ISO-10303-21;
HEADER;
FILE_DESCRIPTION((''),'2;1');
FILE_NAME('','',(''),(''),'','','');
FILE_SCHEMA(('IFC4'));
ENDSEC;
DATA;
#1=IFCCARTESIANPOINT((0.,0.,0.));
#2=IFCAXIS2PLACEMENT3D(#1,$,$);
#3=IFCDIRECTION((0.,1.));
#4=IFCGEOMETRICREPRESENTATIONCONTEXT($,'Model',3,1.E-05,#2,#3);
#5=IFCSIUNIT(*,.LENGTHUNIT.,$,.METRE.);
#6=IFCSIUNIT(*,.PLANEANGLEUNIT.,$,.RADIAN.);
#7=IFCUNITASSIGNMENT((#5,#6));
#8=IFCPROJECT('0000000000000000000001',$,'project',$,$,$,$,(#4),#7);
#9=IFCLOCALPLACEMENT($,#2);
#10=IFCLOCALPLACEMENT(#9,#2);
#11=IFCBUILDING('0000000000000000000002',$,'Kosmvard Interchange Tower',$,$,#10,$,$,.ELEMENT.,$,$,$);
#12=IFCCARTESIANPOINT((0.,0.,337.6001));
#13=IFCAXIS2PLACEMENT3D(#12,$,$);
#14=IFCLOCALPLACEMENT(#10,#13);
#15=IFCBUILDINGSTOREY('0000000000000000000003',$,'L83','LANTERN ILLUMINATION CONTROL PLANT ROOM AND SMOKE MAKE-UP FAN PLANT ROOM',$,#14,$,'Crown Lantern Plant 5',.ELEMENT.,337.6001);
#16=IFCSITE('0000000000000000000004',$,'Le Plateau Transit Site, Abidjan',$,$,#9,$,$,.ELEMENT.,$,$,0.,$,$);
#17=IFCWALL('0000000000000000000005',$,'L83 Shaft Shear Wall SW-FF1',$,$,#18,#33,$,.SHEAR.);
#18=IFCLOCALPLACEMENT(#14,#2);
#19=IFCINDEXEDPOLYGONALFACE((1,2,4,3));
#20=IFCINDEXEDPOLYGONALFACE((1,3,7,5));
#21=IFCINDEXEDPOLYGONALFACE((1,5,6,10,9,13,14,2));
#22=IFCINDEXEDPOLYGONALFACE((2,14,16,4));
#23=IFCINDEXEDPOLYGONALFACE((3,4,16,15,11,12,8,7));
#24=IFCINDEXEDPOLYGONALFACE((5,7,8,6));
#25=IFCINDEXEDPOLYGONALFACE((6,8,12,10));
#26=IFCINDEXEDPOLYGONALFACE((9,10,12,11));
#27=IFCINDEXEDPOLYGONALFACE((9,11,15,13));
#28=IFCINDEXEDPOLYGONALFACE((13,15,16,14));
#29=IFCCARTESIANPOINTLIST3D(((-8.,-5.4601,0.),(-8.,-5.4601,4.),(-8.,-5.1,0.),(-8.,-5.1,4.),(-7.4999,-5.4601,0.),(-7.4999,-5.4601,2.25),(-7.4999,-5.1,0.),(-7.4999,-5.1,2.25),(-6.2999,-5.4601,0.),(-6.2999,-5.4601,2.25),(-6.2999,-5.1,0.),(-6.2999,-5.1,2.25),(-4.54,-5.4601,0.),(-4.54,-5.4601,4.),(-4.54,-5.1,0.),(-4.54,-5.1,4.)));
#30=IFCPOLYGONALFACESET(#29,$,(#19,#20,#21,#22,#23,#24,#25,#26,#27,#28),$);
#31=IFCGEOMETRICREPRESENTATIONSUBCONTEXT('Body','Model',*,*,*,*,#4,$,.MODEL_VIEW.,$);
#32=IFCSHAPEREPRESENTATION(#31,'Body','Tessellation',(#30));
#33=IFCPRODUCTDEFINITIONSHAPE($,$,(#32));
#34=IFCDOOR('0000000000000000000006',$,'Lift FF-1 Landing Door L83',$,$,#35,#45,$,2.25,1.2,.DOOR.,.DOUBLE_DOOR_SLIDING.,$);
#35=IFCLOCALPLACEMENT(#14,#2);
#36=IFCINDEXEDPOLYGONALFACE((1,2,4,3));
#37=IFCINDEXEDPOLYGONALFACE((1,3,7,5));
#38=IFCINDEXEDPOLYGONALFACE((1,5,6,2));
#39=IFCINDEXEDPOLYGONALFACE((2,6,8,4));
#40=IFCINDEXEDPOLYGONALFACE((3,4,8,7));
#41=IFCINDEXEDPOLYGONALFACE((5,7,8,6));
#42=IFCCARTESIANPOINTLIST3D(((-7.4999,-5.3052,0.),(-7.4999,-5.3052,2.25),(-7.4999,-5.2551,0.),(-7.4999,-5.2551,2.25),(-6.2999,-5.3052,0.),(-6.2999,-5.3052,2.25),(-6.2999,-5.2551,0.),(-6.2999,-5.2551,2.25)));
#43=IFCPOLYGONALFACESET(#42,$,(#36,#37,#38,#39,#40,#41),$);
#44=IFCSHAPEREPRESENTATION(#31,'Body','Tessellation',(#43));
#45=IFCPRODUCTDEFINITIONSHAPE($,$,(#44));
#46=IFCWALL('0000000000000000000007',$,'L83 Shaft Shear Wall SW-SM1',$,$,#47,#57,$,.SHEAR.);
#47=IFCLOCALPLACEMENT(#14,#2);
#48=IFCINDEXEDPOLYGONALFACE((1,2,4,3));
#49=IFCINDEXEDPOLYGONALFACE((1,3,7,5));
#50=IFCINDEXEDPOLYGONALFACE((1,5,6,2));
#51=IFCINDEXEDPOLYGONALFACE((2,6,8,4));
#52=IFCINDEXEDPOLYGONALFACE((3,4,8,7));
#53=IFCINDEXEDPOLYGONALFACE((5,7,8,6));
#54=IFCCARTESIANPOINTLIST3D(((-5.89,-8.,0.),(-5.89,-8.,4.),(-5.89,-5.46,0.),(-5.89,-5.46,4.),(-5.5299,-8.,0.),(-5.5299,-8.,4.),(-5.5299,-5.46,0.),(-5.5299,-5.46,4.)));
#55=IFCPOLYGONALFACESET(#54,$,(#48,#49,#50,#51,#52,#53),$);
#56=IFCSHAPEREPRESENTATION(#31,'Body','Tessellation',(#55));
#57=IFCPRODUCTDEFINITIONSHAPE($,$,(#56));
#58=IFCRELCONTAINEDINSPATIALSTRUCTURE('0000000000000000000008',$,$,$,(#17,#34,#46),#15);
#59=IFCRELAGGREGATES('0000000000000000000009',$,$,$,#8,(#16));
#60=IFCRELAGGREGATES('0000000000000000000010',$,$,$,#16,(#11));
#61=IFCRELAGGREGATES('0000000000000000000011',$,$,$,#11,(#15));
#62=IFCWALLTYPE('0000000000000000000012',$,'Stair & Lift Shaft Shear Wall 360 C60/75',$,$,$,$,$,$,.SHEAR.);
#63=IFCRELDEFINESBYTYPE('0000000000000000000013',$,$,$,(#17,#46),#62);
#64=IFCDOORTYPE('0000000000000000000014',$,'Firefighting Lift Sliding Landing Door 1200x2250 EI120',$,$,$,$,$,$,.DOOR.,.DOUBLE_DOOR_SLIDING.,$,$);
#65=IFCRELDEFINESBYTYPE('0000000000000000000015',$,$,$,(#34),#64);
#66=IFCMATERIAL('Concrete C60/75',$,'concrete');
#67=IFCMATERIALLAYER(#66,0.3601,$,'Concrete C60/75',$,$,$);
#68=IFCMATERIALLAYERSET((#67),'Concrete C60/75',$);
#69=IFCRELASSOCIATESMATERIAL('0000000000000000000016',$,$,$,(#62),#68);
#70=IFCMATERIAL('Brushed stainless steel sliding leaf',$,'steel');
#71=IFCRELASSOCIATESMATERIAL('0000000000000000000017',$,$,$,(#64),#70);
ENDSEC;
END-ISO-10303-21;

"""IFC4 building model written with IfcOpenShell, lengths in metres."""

from ifc_helpers import new_model, si_unit, direction, frame, frame_2d, origin, place, context, subcontext, project, spatial, rectangle, extrude, source, transform, mapped, material, layer, layer_set, type_object, element, fill, save


model = new_model("IFC4")

# Units and contexts
model_context = context("Model", 3, precision=1e-05, world=origin(), true_north=direction((0.0, 1.0)))
body_context = subcontext(model_context, "Body", "Model", "MODEL_VIEW")
ifc_project = project(units=[si_unit("LENGTHUNIT", "METRE"), si_unit("PLANEANGLEUNIT", "RADIAN")], contexts=[model_context])

# Site, building, storey
site_placement = place(None, origin())
site = spatial("IfcSite", under=ifc_project, at=site_placement, Name="Le Plateau Transit Site, Abidjan", CompositionType="ELEMENT", RefElevation=0.0)
building_placement = place(site_placement, origin())
building = spatial("IfcBuilding", under=site, at=building_placement, Name="Kosmvard Interchange Tower", CompositionType="ELEMENT")
storey_placement = place(building_placement, frame((0.0, 0.0, 337.6001)))
storey = spatial("IfcBuildingStorey", under=building, at=storey_placement, Name="L83", Description="LANTERN ILLUMINATION CONTROL PLANT ROOM AND SMOKE MAKE-UP FAN PLANT ROOM", LongName="Crown Lantern Plant 5", CompositionType="ELEMENT", Elevation=337.6001)

# Shared definitions
ifc_material_1 = material(Name="Concrete C60/75", Category="concrete")
ifc_layer_1 = layer(ifc_material_1, 0.3601, Name="Concrete C60/75")
ifc_layer_set_1 = layer_set([ifc_layer_1], Name="Concrete C60/75")
wall_type_1 = type_object("IfcWallType", Name="Stair & Lift Shaft Shear Wall 360 C60/75", PredefinedType="SHEAR", material=ifc_layer_set_1)

# Wall, opening, door
wall_1_placement = place(storey_placement, frame((-8.0, -5.28, 0.0), z_axis=(0.0, 0.0, 1.0), x_axis=(1.0, 0.0, 0.0)))
wall_1 = element("IfcWall", 1, at=wall_1_placement, inside=storey, type_object=wall_type_1, Name="L83 Shaft Shear Wall SW-FF1", PredefinedType="SHEAR", context=body_context, shape_type="SweptSolid", body=[
    extrude(rectangle(XDim=3.46, YDim=0.3601, at=frame_2d((1.73, 0.0))), origin(), (0.0, 0.0, 1.0), 4.0),
])
opening_1_placement = place(wall_1_placement, frame((0.5, 0.0, 0.0)))
opening_1 = element("IfcOpeningElement", 2, at=opening_1_placement, cuts=wall_1, PredefinedType="OPENING", context=body_context, shape_type="SweptSolid", body=[
    extrude(rectangle(XDim=1.2, YDim=2.25, at=frame_2d((0.6001, 1.125))), frame((0.0, 0.1899, 0.0), z_axis=(0.0, -1.0, 0.0), x_axis=(1.0, 0.0, 0.0)), (0.0, 0.0, 1.0), 0.3801),
])
ifc_material_2 = material(Name="Brushed stainless steel sliding leaf", Category="steel")
door_type_1 = type_object("IfcDoorType", Name="Firefighting Lift Sliding Landing Door 1200x2250 EI120", OperationType="DOUBLE_DOOR_SLIDING", PredefinedType="DOOR", material=ifc_material_2)
shared_shape_1 = source(origin(), body_context, "Body", "SweptSolid", [
    extrude(rectangle(XDim=1.2, YDim=2.25, at=frame_2d((0.6001, 1.125))), frame((0.0, 0.0249, 0.0), z_axis=(0.0, -1.0, 0.0), x_axis=(1.0, 0.0, 0.0)), (0.0, 0.0, 1.0), 0.05),
])
door_1_placement = place(opening_1_placement, origin())
door_1 = element("IfcDoor", 3, at=door_1_placement, inside=storey, type_object=door_type_1, Name="Lift FF-1 Landing Door L83", OperationType="DOUBLE_DOOR_SLIDING", OverallHeight=2.25, OverallWidth=1.2, PredefinedType="DOOR", context=body_context, shape_type="MappedRepresentation", body=[
    mapped(shared_shape_1, transform((0.0, 0.0, 0.0), scale=1.0)),
])
fill(opening_1, door_1)

# Wall
wall_2_placement = place(storey_placement, frame((-5.71, -8.0, 0.0), z_axis=(0.0, 0.0, 1.0), x_axis=(0.0, 1.0, 0.0)))
element("IfcWall", 4, at=wall_2_placement, inside=storey, type_object=wall_type_1, Name="L83 Shaft Shear Wall SW-SM1", PredefinedType="SHEAR", context=body_context, shape_type="SweptSolid", body=[
    extrude(rectangle(XDim=2.54, YDim=0.3601, at=frame_2d((1.27, 0.0))), origin(), (0.0, 0.0, 1.0), 4.0),
])

save(model, "model.ifc")
